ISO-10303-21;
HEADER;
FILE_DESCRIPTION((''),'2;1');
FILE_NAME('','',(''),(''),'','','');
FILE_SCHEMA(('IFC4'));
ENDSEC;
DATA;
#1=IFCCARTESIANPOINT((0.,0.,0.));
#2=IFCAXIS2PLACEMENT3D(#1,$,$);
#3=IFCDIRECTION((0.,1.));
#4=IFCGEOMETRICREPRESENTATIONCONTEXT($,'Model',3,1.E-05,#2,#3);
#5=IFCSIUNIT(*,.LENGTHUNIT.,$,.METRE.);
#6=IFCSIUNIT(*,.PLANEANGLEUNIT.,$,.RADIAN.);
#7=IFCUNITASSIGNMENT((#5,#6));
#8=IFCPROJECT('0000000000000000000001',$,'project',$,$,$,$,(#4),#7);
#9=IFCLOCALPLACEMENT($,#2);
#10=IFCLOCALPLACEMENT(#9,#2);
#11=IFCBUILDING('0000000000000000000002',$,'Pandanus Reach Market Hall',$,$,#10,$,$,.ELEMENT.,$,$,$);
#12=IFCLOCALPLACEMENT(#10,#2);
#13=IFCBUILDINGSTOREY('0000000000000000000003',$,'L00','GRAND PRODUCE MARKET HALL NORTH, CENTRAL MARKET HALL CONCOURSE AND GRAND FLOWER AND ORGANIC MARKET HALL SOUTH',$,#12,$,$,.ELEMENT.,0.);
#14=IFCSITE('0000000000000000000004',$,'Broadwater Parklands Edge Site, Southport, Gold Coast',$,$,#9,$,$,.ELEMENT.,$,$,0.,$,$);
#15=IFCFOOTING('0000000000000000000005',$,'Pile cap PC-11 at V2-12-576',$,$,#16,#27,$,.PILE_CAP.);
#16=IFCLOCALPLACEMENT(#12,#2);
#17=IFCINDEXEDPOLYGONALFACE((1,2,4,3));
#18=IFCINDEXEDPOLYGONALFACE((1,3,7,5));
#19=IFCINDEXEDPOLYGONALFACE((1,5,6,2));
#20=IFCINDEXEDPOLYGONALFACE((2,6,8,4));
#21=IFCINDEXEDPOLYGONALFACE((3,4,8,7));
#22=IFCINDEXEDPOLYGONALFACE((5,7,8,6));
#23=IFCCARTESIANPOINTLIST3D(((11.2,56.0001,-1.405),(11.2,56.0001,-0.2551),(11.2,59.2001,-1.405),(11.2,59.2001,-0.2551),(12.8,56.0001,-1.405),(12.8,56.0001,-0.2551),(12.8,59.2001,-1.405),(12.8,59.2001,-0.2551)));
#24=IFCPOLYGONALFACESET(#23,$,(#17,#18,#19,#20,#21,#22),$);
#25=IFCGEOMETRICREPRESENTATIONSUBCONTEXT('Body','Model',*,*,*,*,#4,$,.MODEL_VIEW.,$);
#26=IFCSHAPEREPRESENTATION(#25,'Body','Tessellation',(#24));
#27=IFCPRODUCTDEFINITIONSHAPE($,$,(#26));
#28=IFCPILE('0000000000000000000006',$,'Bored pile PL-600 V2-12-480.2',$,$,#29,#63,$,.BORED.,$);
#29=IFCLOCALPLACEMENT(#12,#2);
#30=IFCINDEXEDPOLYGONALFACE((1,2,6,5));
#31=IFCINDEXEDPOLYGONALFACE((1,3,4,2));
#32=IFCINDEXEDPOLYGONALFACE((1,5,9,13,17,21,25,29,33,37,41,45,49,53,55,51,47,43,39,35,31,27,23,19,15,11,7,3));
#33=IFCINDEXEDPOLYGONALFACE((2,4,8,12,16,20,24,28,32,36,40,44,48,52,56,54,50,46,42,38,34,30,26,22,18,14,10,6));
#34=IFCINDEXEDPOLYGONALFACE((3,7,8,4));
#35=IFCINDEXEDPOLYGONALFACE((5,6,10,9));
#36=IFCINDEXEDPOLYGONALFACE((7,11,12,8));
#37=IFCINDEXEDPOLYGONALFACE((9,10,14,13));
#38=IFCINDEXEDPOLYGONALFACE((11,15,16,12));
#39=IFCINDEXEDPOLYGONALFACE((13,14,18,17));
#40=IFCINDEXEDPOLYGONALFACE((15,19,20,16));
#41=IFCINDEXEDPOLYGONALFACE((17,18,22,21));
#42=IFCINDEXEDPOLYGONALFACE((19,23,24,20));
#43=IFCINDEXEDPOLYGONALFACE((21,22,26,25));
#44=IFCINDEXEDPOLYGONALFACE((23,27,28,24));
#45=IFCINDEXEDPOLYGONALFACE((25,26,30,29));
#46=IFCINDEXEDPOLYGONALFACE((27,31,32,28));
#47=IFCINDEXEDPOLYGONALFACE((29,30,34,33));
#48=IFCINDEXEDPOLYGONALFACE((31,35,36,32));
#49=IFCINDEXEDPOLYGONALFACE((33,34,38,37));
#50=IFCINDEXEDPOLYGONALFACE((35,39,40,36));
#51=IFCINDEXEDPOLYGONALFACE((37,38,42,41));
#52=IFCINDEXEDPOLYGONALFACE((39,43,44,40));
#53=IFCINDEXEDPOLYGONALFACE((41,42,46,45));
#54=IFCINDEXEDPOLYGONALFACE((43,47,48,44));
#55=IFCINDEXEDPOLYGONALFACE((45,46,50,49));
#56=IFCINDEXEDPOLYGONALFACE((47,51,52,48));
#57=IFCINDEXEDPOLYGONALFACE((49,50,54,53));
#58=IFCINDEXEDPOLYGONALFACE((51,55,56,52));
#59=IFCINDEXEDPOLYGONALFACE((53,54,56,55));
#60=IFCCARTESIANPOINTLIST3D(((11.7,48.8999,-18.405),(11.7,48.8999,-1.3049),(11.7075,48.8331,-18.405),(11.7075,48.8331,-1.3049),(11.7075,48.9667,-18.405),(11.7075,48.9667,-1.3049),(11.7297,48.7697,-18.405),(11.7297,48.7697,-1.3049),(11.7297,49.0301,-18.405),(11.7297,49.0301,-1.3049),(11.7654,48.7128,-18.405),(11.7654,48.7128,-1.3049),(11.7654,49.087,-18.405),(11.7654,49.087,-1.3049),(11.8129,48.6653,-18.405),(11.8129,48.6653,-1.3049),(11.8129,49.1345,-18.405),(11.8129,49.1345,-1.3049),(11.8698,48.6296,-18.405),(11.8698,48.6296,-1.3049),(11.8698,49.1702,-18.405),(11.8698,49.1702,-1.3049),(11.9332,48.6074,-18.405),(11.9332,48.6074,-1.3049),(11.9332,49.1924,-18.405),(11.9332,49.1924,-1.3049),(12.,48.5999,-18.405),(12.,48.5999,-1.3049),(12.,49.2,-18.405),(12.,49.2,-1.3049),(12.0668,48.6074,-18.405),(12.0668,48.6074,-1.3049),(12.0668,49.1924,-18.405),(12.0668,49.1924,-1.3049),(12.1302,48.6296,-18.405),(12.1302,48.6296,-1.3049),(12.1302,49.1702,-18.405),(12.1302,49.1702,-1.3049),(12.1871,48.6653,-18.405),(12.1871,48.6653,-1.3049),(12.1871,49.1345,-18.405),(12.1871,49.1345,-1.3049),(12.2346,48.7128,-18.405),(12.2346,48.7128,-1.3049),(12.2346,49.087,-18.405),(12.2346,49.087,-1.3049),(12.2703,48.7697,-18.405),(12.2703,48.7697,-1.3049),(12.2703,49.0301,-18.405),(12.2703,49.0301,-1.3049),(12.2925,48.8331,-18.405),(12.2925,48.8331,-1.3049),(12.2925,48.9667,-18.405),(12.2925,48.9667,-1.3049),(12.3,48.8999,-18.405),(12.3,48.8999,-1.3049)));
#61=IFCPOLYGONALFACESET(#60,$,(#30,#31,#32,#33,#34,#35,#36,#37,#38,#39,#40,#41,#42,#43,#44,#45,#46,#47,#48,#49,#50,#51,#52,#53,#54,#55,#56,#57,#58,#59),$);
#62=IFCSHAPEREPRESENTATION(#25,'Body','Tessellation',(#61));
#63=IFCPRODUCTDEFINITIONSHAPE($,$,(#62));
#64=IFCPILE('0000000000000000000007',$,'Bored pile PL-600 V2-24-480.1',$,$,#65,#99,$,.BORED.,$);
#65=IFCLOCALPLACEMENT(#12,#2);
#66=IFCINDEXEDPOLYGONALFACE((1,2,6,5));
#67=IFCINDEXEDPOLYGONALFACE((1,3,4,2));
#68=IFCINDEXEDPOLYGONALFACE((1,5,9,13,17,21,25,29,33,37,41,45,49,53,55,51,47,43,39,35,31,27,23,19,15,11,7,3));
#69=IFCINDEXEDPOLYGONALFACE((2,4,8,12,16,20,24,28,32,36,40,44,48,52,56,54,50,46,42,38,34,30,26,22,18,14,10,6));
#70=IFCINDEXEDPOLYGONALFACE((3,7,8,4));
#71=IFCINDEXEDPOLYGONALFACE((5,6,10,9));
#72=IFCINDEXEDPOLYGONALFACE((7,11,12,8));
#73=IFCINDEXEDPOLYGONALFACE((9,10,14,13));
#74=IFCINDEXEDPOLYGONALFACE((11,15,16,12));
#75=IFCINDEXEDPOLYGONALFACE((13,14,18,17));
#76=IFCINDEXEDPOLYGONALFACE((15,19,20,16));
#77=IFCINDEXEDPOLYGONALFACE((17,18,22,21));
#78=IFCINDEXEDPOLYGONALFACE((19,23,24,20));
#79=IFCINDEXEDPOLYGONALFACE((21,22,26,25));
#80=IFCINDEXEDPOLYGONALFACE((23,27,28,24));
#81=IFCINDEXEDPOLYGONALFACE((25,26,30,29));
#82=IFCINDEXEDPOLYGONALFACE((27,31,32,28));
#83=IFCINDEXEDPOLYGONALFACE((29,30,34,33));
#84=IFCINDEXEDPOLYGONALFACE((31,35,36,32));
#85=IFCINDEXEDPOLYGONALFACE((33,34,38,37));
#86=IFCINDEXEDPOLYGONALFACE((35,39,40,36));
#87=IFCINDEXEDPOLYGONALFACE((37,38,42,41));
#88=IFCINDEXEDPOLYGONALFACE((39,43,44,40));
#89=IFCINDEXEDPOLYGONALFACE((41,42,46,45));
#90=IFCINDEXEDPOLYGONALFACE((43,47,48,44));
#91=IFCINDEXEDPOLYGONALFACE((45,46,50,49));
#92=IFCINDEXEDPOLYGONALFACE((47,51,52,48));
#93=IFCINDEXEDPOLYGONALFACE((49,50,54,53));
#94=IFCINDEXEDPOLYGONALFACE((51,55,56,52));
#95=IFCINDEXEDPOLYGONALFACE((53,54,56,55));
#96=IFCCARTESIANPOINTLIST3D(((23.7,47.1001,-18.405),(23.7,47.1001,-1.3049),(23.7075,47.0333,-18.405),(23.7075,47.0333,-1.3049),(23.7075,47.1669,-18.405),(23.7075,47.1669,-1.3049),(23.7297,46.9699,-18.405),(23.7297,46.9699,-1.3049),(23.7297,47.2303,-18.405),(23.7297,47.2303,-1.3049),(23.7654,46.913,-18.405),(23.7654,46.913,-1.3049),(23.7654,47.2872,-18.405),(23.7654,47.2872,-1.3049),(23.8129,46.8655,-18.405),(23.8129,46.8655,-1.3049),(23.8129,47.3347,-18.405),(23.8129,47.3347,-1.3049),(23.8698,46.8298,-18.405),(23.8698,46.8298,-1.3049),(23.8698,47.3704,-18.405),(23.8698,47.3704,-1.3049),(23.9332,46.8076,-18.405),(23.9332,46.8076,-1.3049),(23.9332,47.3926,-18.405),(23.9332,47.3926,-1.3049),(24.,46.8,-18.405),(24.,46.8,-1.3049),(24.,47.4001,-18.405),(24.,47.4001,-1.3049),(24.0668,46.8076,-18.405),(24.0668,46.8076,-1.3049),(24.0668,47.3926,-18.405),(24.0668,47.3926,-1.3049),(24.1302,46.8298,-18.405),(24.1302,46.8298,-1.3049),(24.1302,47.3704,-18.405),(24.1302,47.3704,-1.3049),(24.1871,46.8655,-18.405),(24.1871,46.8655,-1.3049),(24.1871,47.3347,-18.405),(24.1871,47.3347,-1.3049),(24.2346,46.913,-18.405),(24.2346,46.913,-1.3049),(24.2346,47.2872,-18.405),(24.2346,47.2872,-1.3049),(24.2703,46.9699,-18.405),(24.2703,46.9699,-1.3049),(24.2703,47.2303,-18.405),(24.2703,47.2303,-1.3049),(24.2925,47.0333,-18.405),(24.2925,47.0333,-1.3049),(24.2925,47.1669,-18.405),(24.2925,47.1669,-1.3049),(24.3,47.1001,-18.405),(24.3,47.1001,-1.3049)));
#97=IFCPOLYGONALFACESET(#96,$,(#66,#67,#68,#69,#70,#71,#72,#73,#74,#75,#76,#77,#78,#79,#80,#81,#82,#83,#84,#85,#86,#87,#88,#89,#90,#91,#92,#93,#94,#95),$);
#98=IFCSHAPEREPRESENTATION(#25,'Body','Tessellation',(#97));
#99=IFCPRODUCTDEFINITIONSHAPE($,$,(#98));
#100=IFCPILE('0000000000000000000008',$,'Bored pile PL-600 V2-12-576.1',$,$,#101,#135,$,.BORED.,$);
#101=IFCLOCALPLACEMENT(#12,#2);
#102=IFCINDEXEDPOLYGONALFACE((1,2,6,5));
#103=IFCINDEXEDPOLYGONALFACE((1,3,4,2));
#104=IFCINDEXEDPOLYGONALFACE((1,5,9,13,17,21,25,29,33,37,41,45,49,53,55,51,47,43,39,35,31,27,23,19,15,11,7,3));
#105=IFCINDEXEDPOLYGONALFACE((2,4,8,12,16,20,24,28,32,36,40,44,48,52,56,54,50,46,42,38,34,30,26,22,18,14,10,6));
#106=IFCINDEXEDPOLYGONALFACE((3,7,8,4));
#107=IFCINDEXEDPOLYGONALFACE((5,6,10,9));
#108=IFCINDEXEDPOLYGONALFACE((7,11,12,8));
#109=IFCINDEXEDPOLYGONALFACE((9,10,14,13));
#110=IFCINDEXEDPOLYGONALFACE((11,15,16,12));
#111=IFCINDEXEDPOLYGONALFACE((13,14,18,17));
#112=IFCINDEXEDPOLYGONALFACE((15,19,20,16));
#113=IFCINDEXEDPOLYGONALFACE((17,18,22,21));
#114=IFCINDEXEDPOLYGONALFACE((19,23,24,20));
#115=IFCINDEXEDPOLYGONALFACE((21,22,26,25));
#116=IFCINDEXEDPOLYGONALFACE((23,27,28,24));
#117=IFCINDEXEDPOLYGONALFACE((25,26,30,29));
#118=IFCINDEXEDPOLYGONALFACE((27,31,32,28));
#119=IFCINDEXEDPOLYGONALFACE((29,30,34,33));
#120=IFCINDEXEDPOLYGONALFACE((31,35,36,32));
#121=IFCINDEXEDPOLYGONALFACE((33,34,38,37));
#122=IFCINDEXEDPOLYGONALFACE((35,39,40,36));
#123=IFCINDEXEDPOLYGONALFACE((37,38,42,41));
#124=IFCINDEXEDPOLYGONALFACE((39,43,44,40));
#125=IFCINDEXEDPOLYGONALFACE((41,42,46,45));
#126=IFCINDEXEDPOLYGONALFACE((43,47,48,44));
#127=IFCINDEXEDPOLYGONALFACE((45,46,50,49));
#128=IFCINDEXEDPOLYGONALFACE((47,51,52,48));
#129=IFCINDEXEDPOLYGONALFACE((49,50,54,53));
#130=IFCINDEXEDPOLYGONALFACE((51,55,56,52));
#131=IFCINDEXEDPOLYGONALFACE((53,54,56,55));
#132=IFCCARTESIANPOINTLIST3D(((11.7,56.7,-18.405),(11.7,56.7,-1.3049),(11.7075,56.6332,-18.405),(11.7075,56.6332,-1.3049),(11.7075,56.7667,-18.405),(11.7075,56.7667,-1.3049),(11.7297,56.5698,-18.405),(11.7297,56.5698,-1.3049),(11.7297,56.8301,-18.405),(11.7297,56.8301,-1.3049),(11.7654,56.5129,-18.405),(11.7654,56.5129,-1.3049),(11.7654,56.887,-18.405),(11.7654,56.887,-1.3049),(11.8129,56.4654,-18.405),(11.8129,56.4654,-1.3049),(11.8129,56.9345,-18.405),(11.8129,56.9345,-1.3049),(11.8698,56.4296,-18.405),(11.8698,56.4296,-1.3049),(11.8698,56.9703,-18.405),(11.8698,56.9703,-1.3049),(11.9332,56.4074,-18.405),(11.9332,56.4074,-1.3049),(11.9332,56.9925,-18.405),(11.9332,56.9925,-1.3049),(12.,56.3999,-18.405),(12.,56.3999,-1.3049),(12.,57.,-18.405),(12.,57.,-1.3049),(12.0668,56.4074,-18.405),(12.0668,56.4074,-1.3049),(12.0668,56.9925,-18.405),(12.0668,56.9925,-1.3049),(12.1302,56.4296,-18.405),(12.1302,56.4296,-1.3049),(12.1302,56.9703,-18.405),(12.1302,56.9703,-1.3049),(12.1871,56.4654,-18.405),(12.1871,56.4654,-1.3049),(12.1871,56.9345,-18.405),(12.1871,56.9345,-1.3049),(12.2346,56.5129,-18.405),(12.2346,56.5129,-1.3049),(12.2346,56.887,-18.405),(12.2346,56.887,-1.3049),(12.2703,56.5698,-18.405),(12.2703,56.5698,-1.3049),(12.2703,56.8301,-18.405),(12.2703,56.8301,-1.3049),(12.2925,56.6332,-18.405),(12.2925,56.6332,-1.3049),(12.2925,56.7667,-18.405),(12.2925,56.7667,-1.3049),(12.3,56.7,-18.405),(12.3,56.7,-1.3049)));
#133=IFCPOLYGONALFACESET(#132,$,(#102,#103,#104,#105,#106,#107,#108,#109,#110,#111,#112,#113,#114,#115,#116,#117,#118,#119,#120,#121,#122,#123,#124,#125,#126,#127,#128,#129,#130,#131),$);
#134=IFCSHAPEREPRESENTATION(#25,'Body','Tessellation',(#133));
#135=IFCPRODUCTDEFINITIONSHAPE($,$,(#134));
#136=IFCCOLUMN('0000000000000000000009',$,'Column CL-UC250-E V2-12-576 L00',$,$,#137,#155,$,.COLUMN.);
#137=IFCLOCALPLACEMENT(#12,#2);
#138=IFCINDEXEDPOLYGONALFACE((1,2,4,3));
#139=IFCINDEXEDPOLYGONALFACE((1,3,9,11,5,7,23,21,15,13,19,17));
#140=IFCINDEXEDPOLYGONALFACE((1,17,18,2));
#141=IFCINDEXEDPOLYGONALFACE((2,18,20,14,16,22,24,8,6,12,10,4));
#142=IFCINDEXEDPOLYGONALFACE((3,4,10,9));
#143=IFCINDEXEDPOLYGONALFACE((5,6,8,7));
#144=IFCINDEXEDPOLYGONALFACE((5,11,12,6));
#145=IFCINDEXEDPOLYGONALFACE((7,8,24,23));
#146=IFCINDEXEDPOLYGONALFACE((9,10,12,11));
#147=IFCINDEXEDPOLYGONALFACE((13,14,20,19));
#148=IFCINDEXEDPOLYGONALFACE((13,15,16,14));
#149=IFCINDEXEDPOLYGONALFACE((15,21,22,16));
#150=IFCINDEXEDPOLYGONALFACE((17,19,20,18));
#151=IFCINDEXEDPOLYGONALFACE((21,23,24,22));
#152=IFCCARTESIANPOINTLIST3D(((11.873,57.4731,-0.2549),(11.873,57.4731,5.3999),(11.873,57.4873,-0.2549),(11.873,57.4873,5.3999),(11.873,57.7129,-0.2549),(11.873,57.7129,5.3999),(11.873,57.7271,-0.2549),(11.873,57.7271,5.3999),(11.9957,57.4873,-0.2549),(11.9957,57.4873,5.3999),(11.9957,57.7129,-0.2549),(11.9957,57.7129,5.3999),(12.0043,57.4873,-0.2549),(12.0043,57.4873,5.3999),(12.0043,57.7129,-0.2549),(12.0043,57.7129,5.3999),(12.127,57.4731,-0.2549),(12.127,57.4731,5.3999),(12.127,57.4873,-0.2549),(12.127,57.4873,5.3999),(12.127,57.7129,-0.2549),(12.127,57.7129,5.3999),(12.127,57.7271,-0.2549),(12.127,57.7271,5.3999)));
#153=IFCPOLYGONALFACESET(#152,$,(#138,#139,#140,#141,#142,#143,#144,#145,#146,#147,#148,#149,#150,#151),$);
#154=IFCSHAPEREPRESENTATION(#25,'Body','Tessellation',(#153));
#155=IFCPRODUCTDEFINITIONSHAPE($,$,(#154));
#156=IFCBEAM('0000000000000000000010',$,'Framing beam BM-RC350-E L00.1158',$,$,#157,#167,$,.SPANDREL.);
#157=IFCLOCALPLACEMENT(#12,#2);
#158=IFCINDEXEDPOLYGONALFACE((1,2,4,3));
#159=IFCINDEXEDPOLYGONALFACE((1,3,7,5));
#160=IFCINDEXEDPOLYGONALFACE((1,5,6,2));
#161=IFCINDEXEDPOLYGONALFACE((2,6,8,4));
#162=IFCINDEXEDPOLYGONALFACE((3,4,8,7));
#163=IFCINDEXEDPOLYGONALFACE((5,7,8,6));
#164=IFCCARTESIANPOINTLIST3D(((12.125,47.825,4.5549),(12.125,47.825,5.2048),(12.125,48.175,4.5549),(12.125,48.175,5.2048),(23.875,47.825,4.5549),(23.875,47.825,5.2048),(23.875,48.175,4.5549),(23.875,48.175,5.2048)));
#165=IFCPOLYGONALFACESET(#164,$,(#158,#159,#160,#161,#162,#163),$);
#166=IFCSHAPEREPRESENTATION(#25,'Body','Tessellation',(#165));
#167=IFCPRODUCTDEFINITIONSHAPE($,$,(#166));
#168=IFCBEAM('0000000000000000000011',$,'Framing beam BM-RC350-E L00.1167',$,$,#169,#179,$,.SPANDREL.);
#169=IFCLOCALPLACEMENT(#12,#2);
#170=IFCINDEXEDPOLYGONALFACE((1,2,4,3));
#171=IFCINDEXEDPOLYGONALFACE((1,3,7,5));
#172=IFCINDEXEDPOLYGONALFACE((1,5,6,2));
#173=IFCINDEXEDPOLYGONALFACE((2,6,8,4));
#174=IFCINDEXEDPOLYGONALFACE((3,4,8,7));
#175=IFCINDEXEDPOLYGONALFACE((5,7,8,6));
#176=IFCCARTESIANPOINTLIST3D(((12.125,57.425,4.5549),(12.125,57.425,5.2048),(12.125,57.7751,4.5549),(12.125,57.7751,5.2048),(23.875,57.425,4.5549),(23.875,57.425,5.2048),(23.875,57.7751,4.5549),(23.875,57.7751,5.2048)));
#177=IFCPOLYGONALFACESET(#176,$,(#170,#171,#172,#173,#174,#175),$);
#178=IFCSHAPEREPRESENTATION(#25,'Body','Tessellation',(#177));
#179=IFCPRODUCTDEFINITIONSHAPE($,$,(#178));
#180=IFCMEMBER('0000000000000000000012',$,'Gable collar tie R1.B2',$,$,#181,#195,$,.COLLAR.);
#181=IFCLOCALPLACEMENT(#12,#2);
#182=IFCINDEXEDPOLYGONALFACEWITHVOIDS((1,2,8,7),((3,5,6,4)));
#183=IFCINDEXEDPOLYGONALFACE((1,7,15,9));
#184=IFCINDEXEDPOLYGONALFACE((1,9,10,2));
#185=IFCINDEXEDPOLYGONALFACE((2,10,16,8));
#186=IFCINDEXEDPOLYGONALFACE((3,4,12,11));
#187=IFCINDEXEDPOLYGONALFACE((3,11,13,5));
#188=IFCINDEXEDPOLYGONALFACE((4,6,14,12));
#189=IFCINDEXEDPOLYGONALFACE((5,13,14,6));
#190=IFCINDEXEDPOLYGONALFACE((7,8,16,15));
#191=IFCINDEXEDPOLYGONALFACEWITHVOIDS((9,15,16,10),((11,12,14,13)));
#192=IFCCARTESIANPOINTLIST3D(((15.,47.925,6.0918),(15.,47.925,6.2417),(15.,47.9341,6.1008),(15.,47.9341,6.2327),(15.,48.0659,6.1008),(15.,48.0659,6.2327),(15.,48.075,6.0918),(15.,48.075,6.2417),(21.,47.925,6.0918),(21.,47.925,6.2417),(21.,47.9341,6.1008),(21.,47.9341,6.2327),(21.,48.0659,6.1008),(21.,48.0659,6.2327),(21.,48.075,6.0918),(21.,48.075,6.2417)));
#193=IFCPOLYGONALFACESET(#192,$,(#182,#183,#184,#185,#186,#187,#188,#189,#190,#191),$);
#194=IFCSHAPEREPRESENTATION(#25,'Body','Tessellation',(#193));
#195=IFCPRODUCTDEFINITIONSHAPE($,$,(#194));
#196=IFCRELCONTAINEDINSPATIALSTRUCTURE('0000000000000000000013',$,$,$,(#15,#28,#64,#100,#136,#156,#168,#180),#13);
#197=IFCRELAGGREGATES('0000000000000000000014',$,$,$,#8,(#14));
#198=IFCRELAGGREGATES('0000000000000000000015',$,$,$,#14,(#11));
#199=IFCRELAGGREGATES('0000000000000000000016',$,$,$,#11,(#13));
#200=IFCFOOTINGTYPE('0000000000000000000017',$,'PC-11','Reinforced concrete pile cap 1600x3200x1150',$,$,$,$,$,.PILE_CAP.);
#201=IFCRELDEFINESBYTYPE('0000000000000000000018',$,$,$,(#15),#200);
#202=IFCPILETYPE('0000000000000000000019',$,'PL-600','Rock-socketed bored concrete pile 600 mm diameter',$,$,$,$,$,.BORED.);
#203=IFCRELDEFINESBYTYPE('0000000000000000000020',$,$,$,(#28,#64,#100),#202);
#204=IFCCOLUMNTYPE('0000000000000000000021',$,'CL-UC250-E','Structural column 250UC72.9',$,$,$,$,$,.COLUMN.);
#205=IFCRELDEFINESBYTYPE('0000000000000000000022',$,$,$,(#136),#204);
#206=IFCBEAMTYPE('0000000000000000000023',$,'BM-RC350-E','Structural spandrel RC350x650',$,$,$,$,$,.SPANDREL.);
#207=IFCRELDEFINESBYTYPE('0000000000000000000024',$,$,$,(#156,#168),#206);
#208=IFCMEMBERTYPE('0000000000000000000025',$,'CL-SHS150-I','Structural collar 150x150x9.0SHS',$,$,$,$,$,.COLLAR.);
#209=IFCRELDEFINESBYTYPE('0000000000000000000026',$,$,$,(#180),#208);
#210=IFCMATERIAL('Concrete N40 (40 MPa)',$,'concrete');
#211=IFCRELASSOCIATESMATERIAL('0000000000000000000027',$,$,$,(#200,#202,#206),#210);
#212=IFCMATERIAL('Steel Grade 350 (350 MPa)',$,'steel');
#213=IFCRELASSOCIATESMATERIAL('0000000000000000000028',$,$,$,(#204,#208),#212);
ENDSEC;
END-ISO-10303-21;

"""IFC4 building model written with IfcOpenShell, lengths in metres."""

from ifc_helpers import new_model, si_unit, direction, frame, origin, origin_2d, place, context, subcontext, project, spatial, rectangle, hollow_rectangle, circle, i_section, extrude, material, material_profile, profile_set, type_object, element, save


model = new_model("IFC4")

# Units and contexts
model_context = context("Model", 3, precision=1e-05, world=origin(), true_north=direction((0.0, 1.0)))
body_context = subcontext(model_context, "Body", "Model", "MODEL_VIEW")
ifc_project = project(units=[si_unit("LENGTHUNIT", "METRE"), si_unit("PLANEANGLEUNIT", "RADIAN")], contexts=[model_context])

# Site, building, storey
site_placement = place(None, origin())
site = spatial("IfcSite", under=ifc_project, at=site_placement, Name="Broadwater Parklands Edge Site, Southport, Gold Coast", CompositionType="ELEMENT", RefElevation=0.0)
building_placement = place(site_placement, origin())
building = spatial("IfcBuilding", under=site, at=building_placement, Name="Pandanus Reach Market Hall", CompositionType="ELEMENT")
storey_placement = place(building_placement, origin())
storey = spatial("IfcBuildingStorey", under=building, at=storey_placement, Name="L00", Description="GRAND PRODUCE MARKET HALL NORTH, CENTRAL MARKET HALL CONCOURSE AND GRAND FLOWER AND ORGANIC MARKET HALL SOUTH", CompositionType="ELEMENT", Elevation=0.0)

# Footing
ifc_material_1 = material(Name="Concrete N40 (40 MPa)", Category="concrete")
footing_type = type_object("IfcFootingType", Name="PC-11", Description="Reinforced concrete pile cap 1600x3200x1150", PredefinedType="PILE_CAP", material=ifc_material_1)
footing_placement = place(storey_placement, frame((12.0, 57.6001, -1.405), z_axis=(0.0, 0.0, 1.0), x_axis=(1.0, 0.0, 0.0)))
element("IfcFooting", 1, at=footing_placement, inside=storey, type_object=footing_type, Name="Pile cap PC-11 at V2-12-576", PredefinedType="PILE_CAP", context=body_context, shape_type="SweptSolid", body=[
    extrude(rectangle(XDim=1.6001, YDim=3.2, at=origin_2d()), origin(), (0.0, 0.0, 1.0), 1.1499),
])

# Piles
ifc_material_profile_1 = material_profile(ifc_material_1, circle(Radius=0.3, at=origin_2d()), Name="PILE-600D", Category="LoadBearing")
ifc_profile_set_1 = profile_set([ifc_material_profile_1], Name="Concrete N40 (40 MPa)")
pile_type = type_object("IfcPileType", Name="PL-600", Description="Rock-socketed bored concrete pile 600 mm diameter", PredefinedType="BORED", material=ifc_profile_set_1)
for number, where, z_axis, x_axis, name in (
    (2, (12.0, 48.8999, -1.3049), (0.0, 0.0, -1.0), (1.0, 0.0, 0.0), "Bored pile PL-600 V2-12-480.2"),
    (3, (24.0, 47.1001, -1.3049), (0.0, 0.0, -1.0), (1.0, 0.0, 0.0), "Bored pile PL-600 V2-24-480.1"),
    (4, (12.0, 56.7, -1.3049), (0.0, 0.0, -1.0), (1.0, 0.0, 0.0), "Bored pile PL-600 V2-12-576.1"),
):
    element("IfcPile", number, at=place(storey_placement, frame(where, z_axis=z_axis, x_axis=x_axis)), inside=storey, type_object=pile_type, Name=name, PredefinedType="BORED", context=body_context, shape_type="SweptSolid", body=[
        extrude(circle(Radius=0.3, at=origin_2d()), origin(), (0.0, 0.0, 1.0), 17.1001),
    ])

# Column
ifc_material_2 = material(Name="Steel Grade 350 (350 MPa)", Category="steel")
ifc_material_profile_2 = material_profile(ifc_material_2, i_section(OverallWidth=0.2539, OverallDepth=0.2539, WebThickness=0.0085, FlangeThickness=0.0142, at=origin_2d()), Name="250UC72.9", Category="LoadBearing")
ifc_profile_set_2 = profile_set([ifc_material_profile_2], Name="Steel Grade 350 (350 MPa)")
column_type = type_object("IfcColumnType", Name="CL-UC250-E", Description="Structural column 250UC72.9", PredefinedType="COLUMN", material=ifc_profile_set_2)
column_placement = place(storey_placement, frame((12.0, 57.6001, -0.2549), z_axis=(0.0, 0.0, 1.0), x_axis=(1.0, 0.0, 0.0)))
element("IfcColumn", 5, at=column_placement, inside=storey, type_object=column_type, Name="Column CL-UC250-E V2-12-576 L00", PredefinedType="COLUMN", context=body_context, shape_type="SweptSolid", body=[
    extrude(i_section(OverallWidth=0.2539, OverallDepth=0.2539, WebThickness=0.0085, FlangeThickness=0.0142, at=origin_2d()), origin(), (0.0, 0.0, 1.0), 5.6548),
])

# Beams
ifc_material_profile_3 = material_profile(ifc_material_1, rectangle(XDim=0.3501, YDim=0.6499, at=origin_2d()), Name="RC350x650", Category="LoadBearing")
ifc_profile_set_3 = profile_set([ifc_material_profile_3], Name="Concrete N40 (40 MPa)")
beam_type = type_object("IfcBeamType", Name="BM-RC350-E", Description="Structural spandrel RC350x650", PredefinedType="SPANDREL", material=ifc_profile_set_3)
for number, where, z_axis, x_axis, name in (
    (6, (12.125, 48.0, 4.8799), (1.0, 0.0, 0.0), (0.0, 1.0, 0.0), "Framing beam BM-RC350-E L00.1158"),
    (7, (12.125, 57.6001, 4.8799), (1.0, 0.0, 0.0), (0.0, 1.0, 0.0), "Framing beam BM-RC350-E L00.1167"),
):
    element("IfcBeam", number, at=place(storey_placement, frame(where, z_axis=z_axis, x_axis=x_axis)), inside=storey, type_object=beam_type, Name=name, PredefinedType="SPANDREL", context=body_context, shape_type="SweptSolid", body=[
        extrude(rectangle(XDim=0.3501, YDim=0.6499, at=origin_2d()), origin(), (0.0, 0.0, 1.0), 11.75),
    ])

# Member
ifc_material_profile_4 = material_profile(ifc_material_2, hollow_rectangle(XDim=0.1499, YDim=0.1499, WallThickness=0.009, at=origin_2d()), Name="150x150x9.0SHS", Category="LoadBearing")
ifc_profile_set_4 = profile_set([ifc_material_profile_4], Name="Steel Grade 350 (350 MPa)")
member_type_1 = type_object("IfcMemberType", Name="CL-SHS150-I", Description="Structural collar 150x150x9.0SHS", PredefinedType="COLLAR", material=ifc_profile_set_4)
for number, where, z_axis, x_axis, name in (
    (8, (15.0, 48.0, 6.1667), (1.0, 0.0, 0.0), (0.0, 1.0, 0.0), "Gable collar tie R1.B2"),
):
    element("IfcMember", number, at=place(storey_placement, frame(where, z_axis=z_axis, x_axis=x_axis)), inside=storey, type_object=member_type_1, Name=name, PredefinedType="COLLAR", context=body_context, shape_type="SweptSolid", body=[
        extrude(hollow_rectangle(XDim=0.1499, YDim=0.1499, WallThickness=0.009, at=origin_2d()), origin(), (0.0, 0.0, 1.0), 6.0),
    ])

save(model, "model.ifc")
